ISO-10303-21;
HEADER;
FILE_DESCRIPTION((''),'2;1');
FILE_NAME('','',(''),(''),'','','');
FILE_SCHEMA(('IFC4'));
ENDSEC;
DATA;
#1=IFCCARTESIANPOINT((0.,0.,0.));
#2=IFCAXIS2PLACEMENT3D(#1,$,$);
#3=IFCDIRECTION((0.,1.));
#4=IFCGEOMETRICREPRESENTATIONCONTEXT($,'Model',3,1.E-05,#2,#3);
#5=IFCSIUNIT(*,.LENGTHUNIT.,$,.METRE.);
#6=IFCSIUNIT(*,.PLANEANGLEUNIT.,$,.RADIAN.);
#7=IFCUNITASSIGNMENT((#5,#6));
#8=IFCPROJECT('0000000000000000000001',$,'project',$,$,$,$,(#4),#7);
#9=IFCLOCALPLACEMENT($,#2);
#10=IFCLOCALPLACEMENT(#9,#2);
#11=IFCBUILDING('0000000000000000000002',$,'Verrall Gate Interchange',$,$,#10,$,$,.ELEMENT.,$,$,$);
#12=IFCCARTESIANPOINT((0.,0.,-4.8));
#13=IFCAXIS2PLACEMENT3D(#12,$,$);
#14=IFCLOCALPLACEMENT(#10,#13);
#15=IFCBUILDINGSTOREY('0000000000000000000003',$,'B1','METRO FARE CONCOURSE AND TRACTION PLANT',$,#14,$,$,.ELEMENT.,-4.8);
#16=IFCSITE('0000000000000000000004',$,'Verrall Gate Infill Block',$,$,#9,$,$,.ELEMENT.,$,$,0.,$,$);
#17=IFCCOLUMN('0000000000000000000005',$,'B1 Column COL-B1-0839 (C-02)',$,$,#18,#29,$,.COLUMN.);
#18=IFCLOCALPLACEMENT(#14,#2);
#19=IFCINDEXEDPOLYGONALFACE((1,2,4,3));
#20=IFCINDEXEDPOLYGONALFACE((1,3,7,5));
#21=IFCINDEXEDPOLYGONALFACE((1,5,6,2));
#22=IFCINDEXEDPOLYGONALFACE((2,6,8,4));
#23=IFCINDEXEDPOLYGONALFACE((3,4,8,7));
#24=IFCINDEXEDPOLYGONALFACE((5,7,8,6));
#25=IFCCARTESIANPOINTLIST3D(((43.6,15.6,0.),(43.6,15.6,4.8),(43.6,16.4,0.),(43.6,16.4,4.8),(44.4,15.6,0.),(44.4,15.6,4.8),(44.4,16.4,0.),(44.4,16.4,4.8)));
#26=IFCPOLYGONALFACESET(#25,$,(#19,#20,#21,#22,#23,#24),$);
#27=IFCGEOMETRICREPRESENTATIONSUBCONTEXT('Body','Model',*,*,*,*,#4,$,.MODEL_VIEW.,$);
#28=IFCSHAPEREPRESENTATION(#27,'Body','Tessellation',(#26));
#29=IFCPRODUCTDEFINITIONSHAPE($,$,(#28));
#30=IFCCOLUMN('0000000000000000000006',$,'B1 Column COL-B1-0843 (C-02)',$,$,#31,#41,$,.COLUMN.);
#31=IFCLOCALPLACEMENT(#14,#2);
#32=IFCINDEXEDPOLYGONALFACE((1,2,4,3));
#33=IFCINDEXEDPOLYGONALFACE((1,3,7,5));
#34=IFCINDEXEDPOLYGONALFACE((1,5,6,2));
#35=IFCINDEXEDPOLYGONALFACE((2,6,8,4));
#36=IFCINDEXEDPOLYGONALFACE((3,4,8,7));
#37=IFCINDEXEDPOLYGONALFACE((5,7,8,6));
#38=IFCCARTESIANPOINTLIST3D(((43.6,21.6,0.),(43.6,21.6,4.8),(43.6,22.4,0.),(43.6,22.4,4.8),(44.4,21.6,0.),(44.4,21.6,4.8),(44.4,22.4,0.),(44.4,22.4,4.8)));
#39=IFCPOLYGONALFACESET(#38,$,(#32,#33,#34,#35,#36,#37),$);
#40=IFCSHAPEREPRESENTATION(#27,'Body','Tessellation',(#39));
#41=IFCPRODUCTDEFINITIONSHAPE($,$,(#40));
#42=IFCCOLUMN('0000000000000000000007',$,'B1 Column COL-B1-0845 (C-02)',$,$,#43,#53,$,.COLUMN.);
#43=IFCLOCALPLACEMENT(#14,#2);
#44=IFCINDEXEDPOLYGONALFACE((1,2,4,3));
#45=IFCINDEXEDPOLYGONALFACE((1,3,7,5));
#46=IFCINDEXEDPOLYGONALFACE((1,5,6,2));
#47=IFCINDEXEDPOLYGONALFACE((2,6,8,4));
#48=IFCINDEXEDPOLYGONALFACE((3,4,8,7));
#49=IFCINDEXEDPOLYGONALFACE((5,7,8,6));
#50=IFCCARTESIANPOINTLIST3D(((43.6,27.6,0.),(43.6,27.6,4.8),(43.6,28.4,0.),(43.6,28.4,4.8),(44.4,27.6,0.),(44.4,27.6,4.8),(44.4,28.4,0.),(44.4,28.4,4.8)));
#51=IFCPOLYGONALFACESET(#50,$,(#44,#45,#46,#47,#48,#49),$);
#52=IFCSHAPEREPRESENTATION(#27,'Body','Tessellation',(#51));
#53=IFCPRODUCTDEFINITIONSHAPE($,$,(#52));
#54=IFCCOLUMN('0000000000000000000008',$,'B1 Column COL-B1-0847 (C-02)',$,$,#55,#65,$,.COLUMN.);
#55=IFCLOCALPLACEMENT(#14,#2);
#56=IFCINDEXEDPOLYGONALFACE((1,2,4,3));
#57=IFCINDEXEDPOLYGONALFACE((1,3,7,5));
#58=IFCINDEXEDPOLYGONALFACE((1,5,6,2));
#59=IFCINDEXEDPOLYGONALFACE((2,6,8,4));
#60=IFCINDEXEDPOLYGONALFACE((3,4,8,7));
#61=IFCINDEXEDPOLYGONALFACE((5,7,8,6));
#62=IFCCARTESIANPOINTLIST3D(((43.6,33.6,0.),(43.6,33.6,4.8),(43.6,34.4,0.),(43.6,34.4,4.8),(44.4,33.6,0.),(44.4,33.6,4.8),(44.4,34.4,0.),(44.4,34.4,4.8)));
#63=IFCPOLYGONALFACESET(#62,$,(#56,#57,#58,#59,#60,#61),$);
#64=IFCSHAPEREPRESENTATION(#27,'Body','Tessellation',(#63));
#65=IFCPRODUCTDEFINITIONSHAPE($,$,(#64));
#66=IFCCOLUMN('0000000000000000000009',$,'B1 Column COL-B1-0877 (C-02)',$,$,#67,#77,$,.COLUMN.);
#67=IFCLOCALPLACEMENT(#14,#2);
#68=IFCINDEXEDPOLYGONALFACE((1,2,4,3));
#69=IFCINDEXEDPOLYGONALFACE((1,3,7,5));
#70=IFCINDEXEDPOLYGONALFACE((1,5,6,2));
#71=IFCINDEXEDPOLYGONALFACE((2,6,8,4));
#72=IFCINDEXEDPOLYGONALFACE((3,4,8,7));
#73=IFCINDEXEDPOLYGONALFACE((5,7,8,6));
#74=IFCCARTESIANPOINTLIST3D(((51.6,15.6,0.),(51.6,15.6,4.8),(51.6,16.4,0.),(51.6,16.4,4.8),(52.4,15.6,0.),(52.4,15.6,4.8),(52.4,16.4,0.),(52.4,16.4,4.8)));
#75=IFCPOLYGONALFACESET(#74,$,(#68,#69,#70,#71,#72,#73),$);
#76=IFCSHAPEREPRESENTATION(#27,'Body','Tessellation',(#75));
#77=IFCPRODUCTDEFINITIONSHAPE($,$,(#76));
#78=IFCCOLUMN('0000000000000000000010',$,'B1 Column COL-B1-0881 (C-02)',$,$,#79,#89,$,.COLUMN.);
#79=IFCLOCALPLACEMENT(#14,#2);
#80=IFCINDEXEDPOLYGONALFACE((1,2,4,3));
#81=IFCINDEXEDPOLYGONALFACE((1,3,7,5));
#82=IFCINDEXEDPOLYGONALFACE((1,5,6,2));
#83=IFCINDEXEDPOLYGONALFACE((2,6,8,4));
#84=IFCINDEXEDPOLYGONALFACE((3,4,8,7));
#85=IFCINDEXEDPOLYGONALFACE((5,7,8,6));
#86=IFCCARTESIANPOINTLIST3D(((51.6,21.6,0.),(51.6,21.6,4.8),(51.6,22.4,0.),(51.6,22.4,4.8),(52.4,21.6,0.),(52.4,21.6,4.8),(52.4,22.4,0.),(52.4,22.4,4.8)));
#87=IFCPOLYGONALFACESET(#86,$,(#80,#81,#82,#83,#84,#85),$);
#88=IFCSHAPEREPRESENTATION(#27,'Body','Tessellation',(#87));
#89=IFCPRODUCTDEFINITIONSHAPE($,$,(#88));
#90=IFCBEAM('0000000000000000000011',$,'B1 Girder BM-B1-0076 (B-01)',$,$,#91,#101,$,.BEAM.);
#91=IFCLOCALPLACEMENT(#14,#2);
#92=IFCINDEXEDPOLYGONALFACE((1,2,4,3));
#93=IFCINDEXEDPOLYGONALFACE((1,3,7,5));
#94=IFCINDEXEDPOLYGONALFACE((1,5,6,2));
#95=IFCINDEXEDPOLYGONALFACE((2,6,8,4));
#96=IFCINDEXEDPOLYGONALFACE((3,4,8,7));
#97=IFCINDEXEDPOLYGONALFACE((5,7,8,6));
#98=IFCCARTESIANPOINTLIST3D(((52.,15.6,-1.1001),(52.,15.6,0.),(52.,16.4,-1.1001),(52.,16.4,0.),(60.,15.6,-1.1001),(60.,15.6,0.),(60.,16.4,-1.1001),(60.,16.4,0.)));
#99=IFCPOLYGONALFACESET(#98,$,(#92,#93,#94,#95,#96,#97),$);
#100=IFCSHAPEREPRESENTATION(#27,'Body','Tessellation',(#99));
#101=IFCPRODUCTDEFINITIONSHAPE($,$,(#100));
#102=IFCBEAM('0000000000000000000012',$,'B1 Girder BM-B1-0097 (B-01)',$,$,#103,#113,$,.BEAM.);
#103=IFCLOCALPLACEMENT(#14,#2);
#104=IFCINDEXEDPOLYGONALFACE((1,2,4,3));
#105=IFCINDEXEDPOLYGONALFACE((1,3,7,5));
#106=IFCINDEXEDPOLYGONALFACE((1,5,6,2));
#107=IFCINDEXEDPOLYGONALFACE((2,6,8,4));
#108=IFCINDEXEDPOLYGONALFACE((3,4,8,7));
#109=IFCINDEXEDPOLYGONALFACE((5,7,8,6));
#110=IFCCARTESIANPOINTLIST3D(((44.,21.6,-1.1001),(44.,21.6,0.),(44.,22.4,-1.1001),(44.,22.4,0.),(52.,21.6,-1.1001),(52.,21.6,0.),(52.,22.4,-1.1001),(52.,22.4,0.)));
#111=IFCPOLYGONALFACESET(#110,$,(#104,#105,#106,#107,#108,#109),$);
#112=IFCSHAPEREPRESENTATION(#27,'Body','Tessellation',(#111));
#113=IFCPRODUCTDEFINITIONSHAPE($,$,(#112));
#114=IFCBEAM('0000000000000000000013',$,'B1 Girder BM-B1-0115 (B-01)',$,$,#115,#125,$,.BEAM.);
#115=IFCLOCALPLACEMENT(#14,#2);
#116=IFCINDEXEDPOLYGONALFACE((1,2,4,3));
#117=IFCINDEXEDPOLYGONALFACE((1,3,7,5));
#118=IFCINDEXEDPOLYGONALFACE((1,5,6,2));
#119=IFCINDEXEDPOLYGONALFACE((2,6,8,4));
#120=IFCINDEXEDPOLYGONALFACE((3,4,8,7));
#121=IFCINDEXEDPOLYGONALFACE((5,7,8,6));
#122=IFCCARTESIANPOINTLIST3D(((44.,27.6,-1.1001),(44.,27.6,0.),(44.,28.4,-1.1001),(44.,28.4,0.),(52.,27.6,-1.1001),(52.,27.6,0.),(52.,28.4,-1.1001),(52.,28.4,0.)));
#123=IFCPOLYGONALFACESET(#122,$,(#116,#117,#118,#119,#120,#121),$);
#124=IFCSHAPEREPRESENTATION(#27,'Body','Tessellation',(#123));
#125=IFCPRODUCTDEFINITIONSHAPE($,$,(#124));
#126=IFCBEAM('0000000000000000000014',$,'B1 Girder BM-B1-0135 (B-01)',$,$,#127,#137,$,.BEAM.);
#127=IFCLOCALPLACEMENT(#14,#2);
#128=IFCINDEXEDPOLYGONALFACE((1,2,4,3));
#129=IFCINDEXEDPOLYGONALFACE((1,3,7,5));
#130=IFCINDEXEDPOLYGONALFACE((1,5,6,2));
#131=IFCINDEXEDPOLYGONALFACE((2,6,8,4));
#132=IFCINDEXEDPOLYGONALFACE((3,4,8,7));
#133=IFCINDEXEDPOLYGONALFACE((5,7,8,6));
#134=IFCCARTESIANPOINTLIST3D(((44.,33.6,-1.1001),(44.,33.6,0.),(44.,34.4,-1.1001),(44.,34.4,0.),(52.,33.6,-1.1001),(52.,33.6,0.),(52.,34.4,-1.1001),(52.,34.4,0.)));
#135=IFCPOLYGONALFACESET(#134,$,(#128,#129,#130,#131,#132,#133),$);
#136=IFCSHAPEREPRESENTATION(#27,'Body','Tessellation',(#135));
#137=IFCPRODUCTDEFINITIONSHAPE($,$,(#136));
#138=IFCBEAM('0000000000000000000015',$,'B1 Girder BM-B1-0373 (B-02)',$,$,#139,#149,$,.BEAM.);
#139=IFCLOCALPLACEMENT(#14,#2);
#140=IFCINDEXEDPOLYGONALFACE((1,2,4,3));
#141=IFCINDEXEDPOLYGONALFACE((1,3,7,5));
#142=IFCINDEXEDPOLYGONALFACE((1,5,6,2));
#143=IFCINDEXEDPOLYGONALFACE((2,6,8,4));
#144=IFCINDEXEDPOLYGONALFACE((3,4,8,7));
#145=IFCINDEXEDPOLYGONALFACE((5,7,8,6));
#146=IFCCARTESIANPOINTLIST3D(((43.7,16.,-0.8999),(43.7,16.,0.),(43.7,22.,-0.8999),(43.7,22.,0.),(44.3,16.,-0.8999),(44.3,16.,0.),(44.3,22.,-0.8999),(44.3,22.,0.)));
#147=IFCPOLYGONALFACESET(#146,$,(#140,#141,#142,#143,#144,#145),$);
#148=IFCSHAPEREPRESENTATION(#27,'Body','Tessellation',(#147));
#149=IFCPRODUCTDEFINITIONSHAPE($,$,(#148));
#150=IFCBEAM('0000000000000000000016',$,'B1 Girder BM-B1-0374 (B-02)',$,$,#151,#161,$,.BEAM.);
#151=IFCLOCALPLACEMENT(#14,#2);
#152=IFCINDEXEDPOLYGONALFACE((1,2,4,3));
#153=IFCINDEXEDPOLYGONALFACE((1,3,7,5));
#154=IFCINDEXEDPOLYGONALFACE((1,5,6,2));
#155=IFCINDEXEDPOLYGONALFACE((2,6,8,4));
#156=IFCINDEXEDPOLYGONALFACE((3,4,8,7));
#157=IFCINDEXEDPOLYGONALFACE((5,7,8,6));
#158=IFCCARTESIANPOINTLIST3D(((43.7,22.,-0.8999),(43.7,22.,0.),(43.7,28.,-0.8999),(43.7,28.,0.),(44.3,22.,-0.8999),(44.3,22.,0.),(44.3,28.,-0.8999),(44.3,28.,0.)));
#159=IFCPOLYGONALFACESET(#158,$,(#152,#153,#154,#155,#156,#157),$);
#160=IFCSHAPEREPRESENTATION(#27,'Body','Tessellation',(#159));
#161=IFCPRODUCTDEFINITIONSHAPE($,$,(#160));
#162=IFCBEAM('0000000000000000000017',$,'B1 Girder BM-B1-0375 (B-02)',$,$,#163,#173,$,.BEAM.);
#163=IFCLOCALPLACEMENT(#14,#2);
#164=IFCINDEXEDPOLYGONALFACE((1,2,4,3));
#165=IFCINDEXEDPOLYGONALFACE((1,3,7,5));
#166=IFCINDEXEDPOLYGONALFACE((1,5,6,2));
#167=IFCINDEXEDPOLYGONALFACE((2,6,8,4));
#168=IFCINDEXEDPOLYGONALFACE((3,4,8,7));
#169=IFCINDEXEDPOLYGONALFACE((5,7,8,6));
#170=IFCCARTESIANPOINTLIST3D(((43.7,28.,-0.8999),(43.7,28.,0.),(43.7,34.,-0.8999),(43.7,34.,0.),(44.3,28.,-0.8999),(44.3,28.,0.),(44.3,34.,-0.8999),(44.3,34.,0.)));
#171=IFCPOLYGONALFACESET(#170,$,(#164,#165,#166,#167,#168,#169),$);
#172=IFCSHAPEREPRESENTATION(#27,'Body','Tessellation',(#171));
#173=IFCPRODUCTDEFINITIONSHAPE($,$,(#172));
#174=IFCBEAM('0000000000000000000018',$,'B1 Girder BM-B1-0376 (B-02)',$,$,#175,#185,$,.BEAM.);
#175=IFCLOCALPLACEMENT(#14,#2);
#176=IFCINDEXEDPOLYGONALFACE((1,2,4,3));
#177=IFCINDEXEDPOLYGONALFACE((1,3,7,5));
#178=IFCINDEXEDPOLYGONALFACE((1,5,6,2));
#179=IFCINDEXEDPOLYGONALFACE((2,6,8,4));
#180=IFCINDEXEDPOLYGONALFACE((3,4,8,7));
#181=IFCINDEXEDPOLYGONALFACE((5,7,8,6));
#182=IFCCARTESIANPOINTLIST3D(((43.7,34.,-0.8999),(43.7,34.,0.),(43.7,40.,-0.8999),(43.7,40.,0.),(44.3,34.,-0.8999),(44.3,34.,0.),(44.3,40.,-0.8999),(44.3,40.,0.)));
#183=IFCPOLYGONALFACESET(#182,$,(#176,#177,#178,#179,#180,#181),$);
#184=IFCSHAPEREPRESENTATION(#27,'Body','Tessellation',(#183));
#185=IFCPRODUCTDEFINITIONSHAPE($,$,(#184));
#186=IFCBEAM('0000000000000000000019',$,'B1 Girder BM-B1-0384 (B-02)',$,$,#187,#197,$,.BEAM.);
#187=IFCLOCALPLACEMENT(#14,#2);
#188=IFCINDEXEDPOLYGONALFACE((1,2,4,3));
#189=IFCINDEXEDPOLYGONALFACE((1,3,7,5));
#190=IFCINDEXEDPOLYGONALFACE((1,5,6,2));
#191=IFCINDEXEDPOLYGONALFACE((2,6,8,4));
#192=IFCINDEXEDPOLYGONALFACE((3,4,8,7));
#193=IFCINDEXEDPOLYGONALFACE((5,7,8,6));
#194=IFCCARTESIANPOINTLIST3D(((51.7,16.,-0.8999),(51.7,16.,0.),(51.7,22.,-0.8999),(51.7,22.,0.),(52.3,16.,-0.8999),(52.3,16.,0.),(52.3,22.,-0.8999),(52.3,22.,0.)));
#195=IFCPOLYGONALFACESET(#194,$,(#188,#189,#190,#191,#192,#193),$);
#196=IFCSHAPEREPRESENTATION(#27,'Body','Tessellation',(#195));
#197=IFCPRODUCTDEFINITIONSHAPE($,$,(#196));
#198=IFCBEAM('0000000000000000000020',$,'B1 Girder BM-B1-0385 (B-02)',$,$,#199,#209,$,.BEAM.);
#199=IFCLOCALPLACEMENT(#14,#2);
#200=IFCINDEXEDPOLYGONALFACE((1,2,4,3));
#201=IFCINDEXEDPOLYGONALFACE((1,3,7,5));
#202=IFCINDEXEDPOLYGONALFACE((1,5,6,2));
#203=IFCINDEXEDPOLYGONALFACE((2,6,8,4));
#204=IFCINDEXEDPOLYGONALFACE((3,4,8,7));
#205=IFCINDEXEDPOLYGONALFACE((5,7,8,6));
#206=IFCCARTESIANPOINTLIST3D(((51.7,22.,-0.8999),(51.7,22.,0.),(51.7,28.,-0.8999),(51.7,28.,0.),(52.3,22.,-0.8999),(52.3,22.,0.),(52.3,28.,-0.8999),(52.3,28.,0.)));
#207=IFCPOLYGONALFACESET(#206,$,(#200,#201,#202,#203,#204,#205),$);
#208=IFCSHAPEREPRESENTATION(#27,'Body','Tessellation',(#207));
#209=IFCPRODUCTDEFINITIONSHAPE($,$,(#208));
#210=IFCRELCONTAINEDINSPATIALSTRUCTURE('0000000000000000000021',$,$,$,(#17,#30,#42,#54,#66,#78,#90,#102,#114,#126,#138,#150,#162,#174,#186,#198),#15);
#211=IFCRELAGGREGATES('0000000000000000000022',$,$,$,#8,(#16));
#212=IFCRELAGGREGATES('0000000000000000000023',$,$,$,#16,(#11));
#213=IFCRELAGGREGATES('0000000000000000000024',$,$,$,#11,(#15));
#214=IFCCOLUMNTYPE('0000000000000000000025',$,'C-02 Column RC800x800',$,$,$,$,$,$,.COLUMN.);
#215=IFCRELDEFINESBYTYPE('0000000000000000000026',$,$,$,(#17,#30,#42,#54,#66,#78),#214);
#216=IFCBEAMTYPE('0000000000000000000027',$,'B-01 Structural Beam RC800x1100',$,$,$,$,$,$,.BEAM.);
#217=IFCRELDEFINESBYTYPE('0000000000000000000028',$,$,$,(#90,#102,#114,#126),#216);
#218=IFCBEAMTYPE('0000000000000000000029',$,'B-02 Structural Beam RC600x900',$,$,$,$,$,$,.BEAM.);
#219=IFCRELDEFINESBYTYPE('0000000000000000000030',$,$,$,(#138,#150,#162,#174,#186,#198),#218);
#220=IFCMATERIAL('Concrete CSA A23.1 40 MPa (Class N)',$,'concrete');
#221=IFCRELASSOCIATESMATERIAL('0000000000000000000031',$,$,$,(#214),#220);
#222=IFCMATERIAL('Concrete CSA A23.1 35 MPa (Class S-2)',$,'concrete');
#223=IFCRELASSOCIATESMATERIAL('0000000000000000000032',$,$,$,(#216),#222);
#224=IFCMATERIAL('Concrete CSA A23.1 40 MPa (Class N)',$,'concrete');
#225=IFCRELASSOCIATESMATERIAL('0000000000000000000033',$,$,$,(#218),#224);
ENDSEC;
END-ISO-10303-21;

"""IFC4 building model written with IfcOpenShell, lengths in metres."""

from ifc_helpers import new_model, si_unit, direction, frame, origin, origin_2d, place, context, subcontext, project, spatial, rectangle, extrude, material, material_profile, profile_set, type_object, element, save


model = new_model("IFC4")

# Units and contexts
model_context = context("Model", 3, precision=1e-05, world=origin(), true_north=direction((0.0, 1.0)))
body_context = subcontext(model_context, "Body", "Model", "MODEL_VIEW")
ifc_project = project(units=[si_unit("LENGTHUNIT", "METRE"), si_unit("PLANEANGLEUNIT", "RADIAN")], contexts=[model_context])

# Site, building, storey
site_placement = place(None, origin())
site = spatial("IfcSite", under=ifc_project, at=site_placement, Name="Verrall Gate Infill Block", CompositionType="ELEMENT", RefElevation=0.0)
building_placement = place(site_placement, origin())
building = spatial("IfcBuilding", under=site, at=building_placement, Name="Verrall Gate Interchange", CompositionType="ELEMENT")
storey_placement = place(building_placement, frame((0.0, 0.0, -4.8)))
storey = spatial("IfcBuildingStorey", under=building, at=storey_placement, Name="B1", Description="METRO FARE CONCOURSE AND TRACTION PLANT", CompositionType="ELEMENT", Elevation=-4.8)

# Columns
ifc_material_1 = material(Name="Concrete CSA A23.1 40 MPa (Class N)", Category="concrete")
ifc_material_profile_1 = material_profile(ifc_material_1, rectangle(XDim=0.8, YDim=0.8, at=origin_2d()), Name="RC800x800")
ifc_profile_set_1 = profile_set([ifc_material_profile_1], Name="Concrete CSA A23.1 40 MPa (Class N)")
column_type = type_object("IfcColumnType", Name="C-02 Column RC800x800", PredefinedType="COLUMN", material=ifc_profile_set_1)
for number, where, z_axis, x_axis, name in (
    (1, (44.0, 16.0, 0.0), (0.0, 0.0, 1.0), (1.0, 0.0, 0.0), "B1 Column COL-B1-0839 (C-02)"),
    (2, (44.0, 22.0, 0.0), (0.0, 0.0, 1.0), (1.0, 0.0, 0.0), "B1 Column COL-B1-0843 (C-02)"),
    (3, (44.0, 28.0, 0.0), (0.0, 0.0, 1.0), (1.0, 0.0, 0.0), "B1 Column COL-B1-0845 (C-02)"),
    (4, (44.0, 34.0, 0.0), (0.0, 0.0, 1.0), (1.0, 0.0, 0.0), "B1 Column COL-B1-0847 (C-02)"),
    (5, (52.0, 16.0, 0.0), (0.0, 0.0, 1.0), (1.0, 0.0, 0.0), "B1 Column COL-B1-0877 (C-02)"),
    (6, (52.0, 22.0, 0.0), (0.0, 0.0, 1.0), (1.0, 0.0, 0.0), "B1 Column COL-B1-0881 (C-02)"),
):
    element("IfcColumn", number, at=place(storey_placement, frame(where, z_axis=z_axis, x_axis=x_axis)), inside=storey, type_object=column_type, Name=name, PredefinedType="COLUMN", context=body_context, shape_type="SweptSolid", body=[
        extrude(rectangle(XDim=0.8, YDim=0.8, at=origin_2d()), origin(), (0.0, 0.0, 1.0), 4.8),
    ])

# Beams
ifc_material_2 = material(Name="Concrete CSA A23.1 35 MPa (Class S-2)", Category="concrete")
ifc_material_profile_2 = material_profile(ifc_material_2, rectangle(XDim=0.8, YDim=1.1001, at=origin_2d()), Name="RC800x1100")
ifc_profile_set_2 = profile_set([ifc_material_profile_2], Name="Concrete CSA A23.1 35 MPa (Class S-2)")
beam_type_1 = type_object("IfcBeamType", Name="B-01 Structural Beam RC800x1100", PredefinedType="BEAM", material=ifc_profile_set_2)
for number, where, z_axis, x_axis, name in (
    (7, (52.0, 16.0, -0.55), (1.0, 0.0, 0.0), (0.0, 1.0, 0.0), "B1 Girder BM-B1-0076 (B-01)"),
    (8, (44.0, 22.0, -0.55), (1.0, 0.0, 0.0), (0.0, 1.0, 0.0), "B1 Girder BM-B1-0097 (B-01)"),
    (9, (44.0, 28.0, -0.55), (1.0, 0.0, 0.0), (0.0, 1.0, 0.0), "B1 Girder BM-B1-0115 (B-01)"),
    (10, (44.0, 34.0, -0.55), (1.0, 0.0, 0.0), (0.0, 1.0, 0.0), "B1 Girder BM-B1-0135 (B-01)"),
):
    element("IfcBeam", number, at=place(storey_placement, frame(where, z_axis=z_axis, x_axis=x_axis)), inside=storey, type_object=beam_type_1, Name=name, PredefinedType="BEAM", context=body_context, shape_type="SweptSolid", body=[
        extrude(rectangle(XDim=0.8, YDim=1.1001, at=origin_2d()), origin(), (0.0, 0.0, 1.0), 8.0),
    ])
ifc_material_3 = material(Name="Concrete CSA A23.1 40 MPa (Class N)", Category="concrete")
ifc_material_profile_3 = material_profile(ifc_material_3, rectangle(XDim=0.6001, YDim=0.8999, at=origin_2d()), Name="RC600x900")
ifc_profile_set_3 = profile_set([ifc_material_profile_3], Name="Concrete CSA A23.1 40 MPa (Class N)")
beam_type_2 = type_object("IfcBeamType", Name="B-02 Structural Beam RC600x900", PredefinedType="BEAM", material=ifc_profile_set_3)
for number, where, z_axis, x_axis, name in (
    (11, (44.0, 16.0, -0.45), (0.0, 1.0, 0.0), (-1.0, 0.0, 0.0), "B1 Girder BM-B1-0373 (B-02)"),
    (12, (44.0, 22.0, -0.45), (0.0, 1.0, 0.0), (-1.0, 0.0, 0.0), "B1 Girder BM-B1-0374 (B-02)"),
    (13, (44.0, 28.0, -0.45), (0.0, 1.0, 0.0), (-1.0, 0.0, 0.0), "B1 Girder BM-B1-0375 (B-02)"),
    (14, (44.0, 34.0, -0.45), (0.0, 1.0, 0.0), (-1.0, 0.0, 0.0), "B1 Girder BM-B1-0376 (B-02)"),
    (15, (52.0, 16.0, -0.45), (0.0, 1.0, 0.0), (-1.0, 0.0, 0.0), "B1 Girder BM-B1-0384 (B-02)"),
    (16, (52.0, 22.0, -0.45), (0.0, 1.0, 0.0), (-1.0, 0.0, 0.0), "B1 Girder BM-B1-0385 (B-02)"),
):
    element("IfcBeam", number, at=place(storey_placement, frame(where, z_axis=z_axis, x_axis=x_axis)), inside=storey, type_object=beam_type_2, Name=name, PredefinedType="BEAM", context=body_context, shape_type="SweptSolid", body=[
        extrude(rectangle(XDim=0.6001, YDim=0.8999, at=origin_2d()), origin(), (0.0, 0.0, 1.0), 6.0),
    ])

save(model, "model.ifc")
